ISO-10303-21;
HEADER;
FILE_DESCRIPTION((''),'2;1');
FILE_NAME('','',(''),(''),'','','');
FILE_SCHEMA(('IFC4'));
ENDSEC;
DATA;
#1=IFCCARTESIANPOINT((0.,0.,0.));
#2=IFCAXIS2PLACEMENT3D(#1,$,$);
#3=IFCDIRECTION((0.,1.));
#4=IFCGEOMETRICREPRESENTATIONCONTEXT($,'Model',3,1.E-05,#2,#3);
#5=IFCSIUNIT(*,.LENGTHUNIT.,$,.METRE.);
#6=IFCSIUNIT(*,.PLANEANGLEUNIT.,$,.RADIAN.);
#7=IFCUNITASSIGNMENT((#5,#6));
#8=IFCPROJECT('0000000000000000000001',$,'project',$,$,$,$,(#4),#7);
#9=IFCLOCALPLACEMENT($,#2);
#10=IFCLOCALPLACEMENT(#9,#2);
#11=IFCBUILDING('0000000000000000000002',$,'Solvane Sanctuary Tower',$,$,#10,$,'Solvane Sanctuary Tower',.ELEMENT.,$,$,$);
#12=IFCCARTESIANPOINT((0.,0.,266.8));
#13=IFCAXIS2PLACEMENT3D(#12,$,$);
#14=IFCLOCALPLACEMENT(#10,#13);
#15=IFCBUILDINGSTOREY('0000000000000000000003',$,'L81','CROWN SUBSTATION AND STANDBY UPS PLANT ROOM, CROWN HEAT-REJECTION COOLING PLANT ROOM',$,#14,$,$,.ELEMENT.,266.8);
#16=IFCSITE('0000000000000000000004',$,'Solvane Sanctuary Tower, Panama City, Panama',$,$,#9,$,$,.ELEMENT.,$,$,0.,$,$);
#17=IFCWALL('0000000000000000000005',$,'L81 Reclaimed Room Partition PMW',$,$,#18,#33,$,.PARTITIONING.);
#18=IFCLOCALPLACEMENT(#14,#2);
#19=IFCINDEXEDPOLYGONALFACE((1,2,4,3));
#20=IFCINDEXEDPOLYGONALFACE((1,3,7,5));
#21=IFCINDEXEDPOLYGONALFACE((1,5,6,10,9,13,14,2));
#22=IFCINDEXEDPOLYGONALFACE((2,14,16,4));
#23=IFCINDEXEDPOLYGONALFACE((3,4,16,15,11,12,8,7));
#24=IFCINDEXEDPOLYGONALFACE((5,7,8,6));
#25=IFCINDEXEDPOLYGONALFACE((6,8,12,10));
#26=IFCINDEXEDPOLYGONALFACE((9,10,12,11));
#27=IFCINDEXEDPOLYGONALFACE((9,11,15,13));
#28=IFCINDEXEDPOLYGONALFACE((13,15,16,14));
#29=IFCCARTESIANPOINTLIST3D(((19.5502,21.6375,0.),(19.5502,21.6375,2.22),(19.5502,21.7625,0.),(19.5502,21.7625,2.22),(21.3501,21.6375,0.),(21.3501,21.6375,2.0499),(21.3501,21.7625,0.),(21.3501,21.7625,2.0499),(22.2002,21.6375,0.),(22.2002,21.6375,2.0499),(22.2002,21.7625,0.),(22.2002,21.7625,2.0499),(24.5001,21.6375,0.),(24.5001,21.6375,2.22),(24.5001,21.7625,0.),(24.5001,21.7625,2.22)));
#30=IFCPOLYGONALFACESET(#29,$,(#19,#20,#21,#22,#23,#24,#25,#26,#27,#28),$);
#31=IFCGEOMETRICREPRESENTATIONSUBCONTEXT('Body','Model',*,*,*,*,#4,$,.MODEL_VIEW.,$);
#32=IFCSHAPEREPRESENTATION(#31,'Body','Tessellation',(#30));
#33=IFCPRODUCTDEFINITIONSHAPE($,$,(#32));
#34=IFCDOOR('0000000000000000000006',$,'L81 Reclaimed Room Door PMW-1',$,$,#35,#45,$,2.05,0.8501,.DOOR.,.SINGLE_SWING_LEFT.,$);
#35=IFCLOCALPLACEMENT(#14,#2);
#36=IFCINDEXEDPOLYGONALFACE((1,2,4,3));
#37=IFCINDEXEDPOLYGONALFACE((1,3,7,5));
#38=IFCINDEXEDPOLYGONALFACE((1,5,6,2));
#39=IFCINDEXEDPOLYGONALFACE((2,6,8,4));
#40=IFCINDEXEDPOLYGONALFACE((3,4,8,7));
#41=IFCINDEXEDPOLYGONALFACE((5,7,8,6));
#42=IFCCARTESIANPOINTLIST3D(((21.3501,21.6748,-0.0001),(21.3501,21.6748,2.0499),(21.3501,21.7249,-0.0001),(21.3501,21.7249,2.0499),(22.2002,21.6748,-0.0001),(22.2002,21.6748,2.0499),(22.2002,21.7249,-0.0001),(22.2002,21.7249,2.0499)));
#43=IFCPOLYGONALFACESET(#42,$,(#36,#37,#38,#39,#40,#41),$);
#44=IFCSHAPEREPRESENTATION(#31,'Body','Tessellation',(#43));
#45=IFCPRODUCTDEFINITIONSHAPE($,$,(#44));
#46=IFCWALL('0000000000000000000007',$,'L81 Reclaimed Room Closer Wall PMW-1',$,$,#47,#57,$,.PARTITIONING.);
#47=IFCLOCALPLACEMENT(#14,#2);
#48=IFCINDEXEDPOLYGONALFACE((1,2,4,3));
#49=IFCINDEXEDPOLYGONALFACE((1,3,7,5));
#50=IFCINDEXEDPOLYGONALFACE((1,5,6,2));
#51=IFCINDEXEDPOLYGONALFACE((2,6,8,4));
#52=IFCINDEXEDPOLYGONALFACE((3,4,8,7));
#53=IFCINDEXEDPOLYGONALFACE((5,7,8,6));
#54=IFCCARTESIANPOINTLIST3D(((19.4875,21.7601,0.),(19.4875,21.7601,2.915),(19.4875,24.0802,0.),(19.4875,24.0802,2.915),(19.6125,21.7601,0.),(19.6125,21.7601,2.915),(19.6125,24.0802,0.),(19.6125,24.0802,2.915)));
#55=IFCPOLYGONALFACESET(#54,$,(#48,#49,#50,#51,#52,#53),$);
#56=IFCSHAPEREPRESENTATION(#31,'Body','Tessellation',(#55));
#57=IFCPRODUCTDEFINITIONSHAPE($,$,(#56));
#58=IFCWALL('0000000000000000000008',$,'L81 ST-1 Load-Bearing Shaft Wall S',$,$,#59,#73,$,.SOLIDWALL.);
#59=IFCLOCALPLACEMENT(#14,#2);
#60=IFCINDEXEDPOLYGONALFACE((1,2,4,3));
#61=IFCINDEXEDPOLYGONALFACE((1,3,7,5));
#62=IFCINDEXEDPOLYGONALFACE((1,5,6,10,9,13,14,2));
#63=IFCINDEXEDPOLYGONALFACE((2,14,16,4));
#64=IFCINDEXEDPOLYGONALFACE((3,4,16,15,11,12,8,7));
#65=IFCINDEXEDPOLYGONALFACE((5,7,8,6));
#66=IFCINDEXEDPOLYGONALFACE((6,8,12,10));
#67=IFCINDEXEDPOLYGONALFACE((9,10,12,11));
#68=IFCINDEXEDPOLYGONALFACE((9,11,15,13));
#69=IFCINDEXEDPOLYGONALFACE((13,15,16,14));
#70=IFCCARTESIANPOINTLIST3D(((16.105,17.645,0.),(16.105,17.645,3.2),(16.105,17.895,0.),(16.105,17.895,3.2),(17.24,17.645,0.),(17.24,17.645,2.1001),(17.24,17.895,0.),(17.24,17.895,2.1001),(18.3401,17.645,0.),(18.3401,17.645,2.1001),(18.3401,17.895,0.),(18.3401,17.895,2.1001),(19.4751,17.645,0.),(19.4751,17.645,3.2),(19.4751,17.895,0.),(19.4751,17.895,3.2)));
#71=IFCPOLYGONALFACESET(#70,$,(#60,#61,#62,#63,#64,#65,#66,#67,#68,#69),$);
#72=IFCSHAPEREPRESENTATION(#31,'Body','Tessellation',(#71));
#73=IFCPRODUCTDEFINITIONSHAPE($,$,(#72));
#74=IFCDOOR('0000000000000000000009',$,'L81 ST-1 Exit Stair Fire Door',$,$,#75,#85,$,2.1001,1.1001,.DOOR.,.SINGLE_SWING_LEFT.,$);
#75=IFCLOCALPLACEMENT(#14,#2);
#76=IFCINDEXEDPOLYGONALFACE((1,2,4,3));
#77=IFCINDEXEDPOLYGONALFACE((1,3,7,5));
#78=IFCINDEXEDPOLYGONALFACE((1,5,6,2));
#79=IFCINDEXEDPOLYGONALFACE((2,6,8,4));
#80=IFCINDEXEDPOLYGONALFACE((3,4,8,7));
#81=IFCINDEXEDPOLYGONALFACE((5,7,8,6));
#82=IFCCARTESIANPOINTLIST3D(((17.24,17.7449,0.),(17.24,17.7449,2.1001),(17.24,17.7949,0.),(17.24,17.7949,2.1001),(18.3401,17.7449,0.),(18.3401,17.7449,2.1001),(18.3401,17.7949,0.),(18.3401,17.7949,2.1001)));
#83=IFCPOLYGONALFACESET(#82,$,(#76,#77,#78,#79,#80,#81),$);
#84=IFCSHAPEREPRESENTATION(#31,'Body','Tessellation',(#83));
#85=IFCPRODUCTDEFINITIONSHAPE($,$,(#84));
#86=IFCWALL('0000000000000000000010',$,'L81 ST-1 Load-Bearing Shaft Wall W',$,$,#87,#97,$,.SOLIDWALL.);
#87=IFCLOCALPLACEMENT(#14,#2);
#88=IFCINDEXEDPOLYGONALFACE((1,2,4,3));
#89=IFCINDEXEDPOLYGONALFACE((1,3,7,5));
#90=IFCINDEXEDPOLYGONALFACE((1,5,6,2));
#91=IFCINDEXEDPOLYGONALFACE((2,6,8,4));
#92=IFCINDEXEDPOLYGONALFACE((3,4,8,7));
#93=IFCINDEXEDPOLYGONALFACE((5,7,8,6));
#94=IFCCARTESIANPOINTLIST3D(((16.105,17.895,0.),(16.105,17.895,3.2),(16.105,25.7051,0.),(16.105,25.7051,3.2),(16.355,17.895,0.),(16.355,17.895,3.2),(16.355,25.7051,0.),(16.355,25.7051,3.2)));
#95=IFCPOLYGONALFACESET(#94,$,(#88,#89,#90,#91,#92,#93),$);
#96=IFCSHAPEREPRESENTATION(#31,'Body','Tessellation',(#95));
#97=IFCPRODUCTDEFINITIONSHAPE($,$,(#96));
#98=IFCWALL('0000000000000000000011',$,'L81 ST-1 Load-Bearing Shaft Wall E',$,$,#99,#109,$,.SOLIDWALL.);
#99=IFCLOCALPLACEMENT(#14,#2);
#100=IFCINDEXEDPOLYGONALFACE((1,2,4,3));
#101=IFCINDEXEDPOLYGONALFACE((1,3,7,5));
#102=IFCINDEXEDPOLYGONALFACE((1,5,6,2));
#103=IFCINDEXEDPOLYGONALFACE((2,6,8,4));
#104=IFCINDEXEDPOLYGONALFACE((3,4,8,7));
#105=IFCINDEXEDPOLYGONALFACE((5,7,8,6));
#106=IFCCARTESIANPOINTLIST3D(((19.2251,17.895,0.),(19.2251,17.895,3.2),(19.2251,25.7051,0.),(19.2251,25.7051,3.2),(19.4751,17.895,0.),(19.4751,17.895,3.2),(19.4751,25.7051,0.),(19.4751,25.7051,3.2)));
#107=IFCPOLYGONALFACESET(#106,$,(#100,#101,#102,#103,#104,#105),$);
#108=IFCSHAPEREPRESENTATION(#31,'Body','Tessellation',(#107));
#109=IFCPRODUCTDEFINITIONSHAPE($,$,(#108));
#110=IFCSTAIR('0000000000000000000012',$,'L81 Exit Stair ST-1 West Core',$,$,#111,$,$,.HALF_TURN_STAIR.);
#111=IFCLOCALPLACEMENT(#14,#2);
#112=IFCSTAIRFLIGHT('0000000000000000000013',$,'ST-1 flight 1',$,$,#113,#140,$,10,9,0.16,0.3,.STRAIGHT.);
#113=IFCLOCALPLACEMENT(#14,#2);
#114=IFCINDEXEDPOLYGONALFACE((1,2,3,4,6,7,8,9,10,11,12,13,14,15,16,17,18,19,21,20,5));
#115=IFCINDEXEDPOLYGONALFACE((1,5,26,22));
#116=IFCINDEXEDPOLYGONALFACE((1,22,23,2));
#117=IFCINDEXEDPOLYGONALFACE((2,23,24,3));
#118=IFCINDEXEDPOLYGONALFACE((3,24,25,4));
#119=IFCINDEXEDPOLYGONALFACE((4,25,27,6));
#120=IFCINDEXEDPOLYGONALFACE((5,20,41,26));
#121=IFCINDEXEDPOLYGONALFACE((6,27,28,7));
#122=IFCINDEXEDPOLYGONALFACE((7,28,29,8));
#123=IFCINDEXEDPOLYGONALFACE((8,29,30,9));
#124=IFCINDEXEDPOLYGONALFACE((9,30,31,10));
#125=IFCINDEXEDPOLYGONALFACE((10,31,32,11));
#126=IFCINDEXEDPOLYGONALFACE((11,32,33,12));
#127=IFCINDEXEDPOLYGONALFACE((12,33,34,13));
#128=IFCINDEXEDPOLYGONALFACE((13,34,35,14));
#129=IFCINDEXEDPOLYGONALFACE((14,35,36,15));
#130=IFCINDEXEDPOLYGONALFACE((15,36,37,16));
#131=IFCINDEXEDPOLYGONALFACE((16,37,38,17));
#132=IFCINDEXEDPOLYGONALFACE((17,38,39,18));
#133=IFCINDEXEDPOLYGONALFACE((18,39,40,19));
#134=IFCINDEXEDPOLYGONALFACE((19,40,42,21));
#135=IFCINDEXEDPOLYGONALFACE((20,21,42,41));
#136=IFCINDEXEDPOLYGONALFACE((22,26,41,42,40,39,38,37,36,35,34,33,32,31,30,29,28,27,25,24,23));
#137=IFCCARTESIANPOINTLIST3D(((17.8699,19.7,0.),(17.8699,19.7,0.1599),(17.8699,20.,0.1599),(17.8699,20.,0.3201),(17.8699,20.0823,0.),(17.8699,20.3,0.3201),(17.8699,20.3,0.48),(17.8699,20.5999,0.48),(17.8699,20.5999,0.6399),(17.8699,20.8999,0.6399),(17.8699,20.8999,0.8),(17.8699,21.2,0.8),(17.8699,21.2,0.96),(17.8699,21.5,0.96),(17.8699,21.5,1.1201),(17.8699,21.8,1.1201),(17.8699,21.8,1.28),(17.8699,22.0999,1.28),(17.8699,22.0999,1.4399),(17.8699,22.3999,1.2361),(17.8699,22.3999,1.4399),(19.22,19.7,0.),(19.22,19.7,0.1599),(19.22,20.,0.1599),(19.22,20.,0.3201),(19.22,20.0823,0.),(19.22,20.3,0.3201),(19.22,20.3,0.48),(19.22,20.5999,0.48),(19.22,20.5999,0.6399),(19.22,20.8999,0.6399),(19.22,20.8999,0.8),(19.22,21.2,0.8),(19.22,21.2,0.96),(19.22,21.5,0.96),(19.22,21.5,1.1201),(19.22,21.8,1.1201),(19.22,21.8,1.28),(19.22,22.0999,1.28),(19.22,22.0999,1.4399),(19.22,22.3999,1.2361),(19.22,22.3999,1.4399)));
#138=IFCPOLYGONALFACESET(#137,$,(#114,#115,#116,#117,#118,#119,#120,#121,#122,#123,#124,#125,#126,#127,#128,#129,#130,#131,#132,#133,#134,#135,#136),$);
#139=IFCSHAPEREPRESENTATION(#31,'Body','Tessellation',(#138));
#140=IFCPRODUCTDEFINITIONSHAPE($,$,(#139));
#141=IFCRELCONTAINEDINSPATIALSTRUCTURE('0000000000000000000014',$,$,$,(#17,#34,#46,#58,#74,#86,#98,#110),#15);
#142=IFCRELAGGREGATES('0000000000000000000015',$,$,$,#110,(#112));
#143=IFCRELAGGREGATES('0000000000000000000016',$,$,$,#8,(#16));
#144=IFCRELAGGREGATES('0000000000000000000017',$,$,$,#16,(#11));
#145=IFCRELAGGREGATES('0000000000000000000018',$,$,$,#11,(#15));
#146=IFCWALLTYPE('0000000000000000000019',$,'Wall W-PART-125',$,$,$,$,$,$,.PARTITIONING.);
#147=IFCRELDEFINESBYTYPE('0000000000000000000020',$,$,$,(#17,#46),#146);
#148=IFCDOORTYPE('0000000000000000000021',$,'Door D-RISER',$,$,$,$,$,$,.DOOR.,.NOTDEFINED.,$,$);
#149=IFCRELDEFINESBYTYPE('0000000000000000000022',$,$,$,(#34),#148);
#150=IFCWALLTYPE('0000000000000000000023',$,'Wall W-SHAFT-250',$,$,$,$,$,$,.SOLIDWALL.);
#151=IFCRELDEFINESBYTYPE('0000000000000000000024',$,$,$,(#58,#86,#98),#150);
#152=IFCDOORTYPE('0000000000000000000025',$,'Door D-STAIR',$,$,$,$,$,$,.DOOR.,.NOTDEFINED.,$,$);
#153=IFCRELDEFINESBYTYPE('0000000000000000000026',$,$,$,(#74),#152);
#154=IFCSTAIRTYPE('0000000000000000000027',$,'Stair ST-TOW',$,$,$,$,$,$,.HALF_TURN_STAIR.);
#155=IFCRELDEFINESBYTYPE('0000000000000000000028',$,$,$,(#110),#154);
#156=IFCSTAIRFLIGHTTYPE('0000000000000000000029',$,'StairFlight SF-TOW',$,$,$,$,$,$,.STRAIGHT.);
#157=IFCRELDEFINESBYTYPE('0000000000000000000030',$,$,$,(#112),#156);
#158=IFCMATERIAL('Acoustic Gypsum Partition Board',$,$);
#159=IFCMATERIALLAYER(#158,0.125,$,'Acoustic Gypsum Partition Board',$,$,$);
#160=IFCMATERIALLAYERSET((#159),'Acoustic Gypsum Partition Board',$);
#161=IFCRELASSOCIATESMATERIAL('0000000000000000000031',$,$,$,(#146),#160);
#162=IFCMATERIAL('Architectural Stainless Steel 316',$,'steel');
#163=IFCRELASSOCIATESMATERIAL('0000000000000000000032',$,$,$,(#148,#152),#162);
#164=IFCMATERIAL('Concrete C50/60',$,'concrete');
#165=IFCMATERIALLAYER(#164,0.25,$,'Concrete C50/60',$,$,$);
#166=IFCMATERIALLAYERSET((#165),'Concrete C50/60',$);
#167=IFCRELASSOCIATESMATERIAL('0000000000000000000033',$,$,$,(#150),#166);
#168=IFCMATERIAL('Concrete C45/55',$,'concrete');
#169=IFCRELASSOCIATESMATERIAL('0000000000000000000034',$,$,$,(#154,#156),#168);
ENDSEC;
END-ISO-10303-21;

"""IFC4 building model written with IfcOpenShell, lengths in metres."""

from ifc_helpers import new_model, si_unit, direction, frame, frame_2d, origin, place, context, subcontext, project, spatial, polyline, rectangle, outline, extrude, material, layer, layer_set, type_object, element, fill, aggregate, save


model = new_model("IFC4")

# Units and contexts
model_context = context("Model", 3, precision=1e-05, world=origin(), true_north=direction((0.0, 1.0)))
body_context = subcontext(model_context, "Body", "Model", "MODEL_VIEW")
ifc_project = project(units=[si_unit("LENGTHUNIT", "METRE"), si_unit("PLANEANGLEUNIT", "RADIAN")], contexts=[model_context])

# Site, building, storey
site_placement = place(None, origin())
site = spatial("IfcSite", under=ifc_project, at=site_placement, Name="Solvane Sanctuary Tower, Panama City, Panama", CompositionType="ELEMENT", RefElevation=0.0)
building_placement = place(site_placement, origin())
building = spatial("IfcBuilding", under=site, at=building_placement, Name="Solvane Sanctuary Tower", LongName="Solvane Sanctuary Tower", CompositionType="ELEMENT")
storey_placement = place(building_placement, frame((0.0, 0.0, 266.8)))
storey = spatial("IfcBuildingStorey", under=building, at=storey_placement, Name="L81", Description="CROWN SUBSTATION AND STANDBY UPS PLANT ROOM, CROWN HEAT-REJECTION COOLING PLANT ROOM", CompositionType="ELEMENT", Elevation=266.8)

# Shared definitions
ifc_material_1 = material(Name="Concrete C50/60", Category="concrete")

# Wall, opening, door
ifc_material_2 = material(Name="Acoustic Gypsum Partition Board")
ifc_layer_1 = layer(ifc_material_2, 0.125, Name="Acoustic Gypsum Partition Board")
ifc_layer_set_1 = layer_set([ifc_layer_1], Name="Acoustic Gypsum Partition Board")
wall_type_1 = type_object("IfcWallType", Name="Wall W-PART-125", PredefinedType="PARTITIONING", material=ifc_layer_set_1)
ifc_material_3 = material(Name="Architectural Stainless Steel 316", Category="steel")
door_type_1 = type_object("IfcDoorType", Name="Door D-RISER", OperationType="NOTDEFINED", PredefinedType="DOOR", material=ifc_material_3)
wall_1_placement = place(storey_placement, frame((19.55, 21.7, 0.0), z_axis=(0.0, 0.0, 1.0), x_axis=(1.0, 0.0, 0.0)))
wall_1 = element("IfcWall", 1, at=wall_1_placement, inside=storey, type_object=wall_type_1, Name="L81 Reclaimed Room Partition PMW", PredefinedType="PARTITIONING", context=body_context, shape_type="SweptSolid", body=[
    extrude(rectangle(XDim=4.95, YDim=0.125, at=frame_2d((2.4751, 0.0))), origin(), (0.0, 0.0, 1.0), 2.22),
])
opening_1_placement = place(wall_1_placement, frame((1.8, 0.0, 0.0)))
opening_1 = element("IfcOpeningElement", 2, at=opening_1_placement, cuts=wall_1, PredefinedType="OPENING", context=body_context, shape_type="SweptSolid", body=[
    extrude(rectangle(XDim=0.8501, YDim=2.05, at=frame_2d((0.425, 1.0249))), frame((0.0, 0.0725, 0.0), z_axis=(0.0, -1.0, 0.0), x_axis=(1.0, 0.0, 0.0)), (0.0, 0.0, 1.0), 0.145),
])
door_1_placement = place(opening_1_placement, origin())
door_1 = element("IfcDoor", 3, at=door_1_placement, inside=storey, type_object=door_type_1, Name="L81 Reclaimed Room Door PMW-1", OperationType="SINGLE_SWING_LEFT", OverallHeight=2.05, OverallWidth=0.8501, PredefinedType="DOOR", context=body_context, shape_type="SweptSolid", body=[
    extrude(rectangle(XDim=0.8501, YDim=2.05, at=frame_2d((0.425, 1.0249))), frame((0.0, 0.0249, 0.0), z_axis=(0.0, -1.0, 0.0), x_axis=(1.0, 0.0, 0.0)), (0.0, 0.0, 1.0), 0.05),
])
fill(opening_1, door_1)

# Wall
wall_2_placement = place(storey_placement, frame((19.55, 21.76, 0.0), z_axis=(0.0, 0.0, 1.0), x_axis=(0.0, 1.0, 0.0)))
element("IfcWall", 4, at=wall_2_placement, inside=storey, type_object=wall_type_1, Name="L81 Reclaimed Room Closer Wall PMW-1", PredefinedType="PARTITIONING", context=body_context, shape_type="SweptSolid", body=[
    extrude(rectangle(XDim=2.3201, YDim=0.125, at=frame_2d((1.1602, 0.0))), origin(), (0.0, 0.0, 1.0), 2.915),
])

# Wall, opening, door
ifc_layer_2 = layer(ifc_material_1, 0.25, Name="Concrete C50/60")
ifc_layer_set_2 = layer_set([ifc_layer_2], Name="Concrete C50/60")
wall_type_2 = type_object("IfcWallType", Name="Wall W-SHAFT-250", PredefinedType="SOLIDWALL", material=ifc_layer_set_2)
wall_3_placement = place(storey_placement, frame((16.105, 17.77, 0.0), z_axis=(0.0, 0.0, 1.0), x_axis=(1.0, 0.0, 0.0)))
wall_3 = element("IfcWall", 5, at=wall_3_placement, inside=storey, type_object=wall_type_2, Name="L81 ST-1 Load-Bearing Shaft Wall S", PredefinedType="SOLIDWALL", context=body_context, shape_type="SweptSolid", body=[
    extrude(rectangle(XDim=3.3701, YDim=0.25, at=frame_2d((1.6851, 0.0))), origin(), (0.0, 0.0, 1.0), 3.2),
])
opening_2_placement = place(wall_3_placement, frame((1.135, 0.0, 0.0)))
opening_2 = element("IfcOpeningElement", 6, at=opening_2_placement, cuts=wall_3, PredefinedType="OPENING", context=body_context, shape_type="SweptSolid", body=[
    extrude(rectangle(XDim=1.1001, YDim=2.1001, at=frame_2d((0.55, 1.05))), frame((0.0, 0.135, 0.0), z_axis=(0.0, -1.0, 0.0), x_axis=(1.0, 0.0, 0.0)), (0.0, 0.0, 1.0), 0.27),
])
door_type_2 = type_object("IfcDoorType", Name="Door D-STAIR", OperationType="NOTDEFINED", PredefinedType="DOOR", material=ifc_material_3)
door_2_placement = place(opening_2_placement, origin())
door_2 = element("IfcDoor", 7, at=door_2_placement, inside=storey, type_object=door_type_2, Name="L81 ST-1 Exit Stair Fire Door", OperationType="SINGLE_SWING_LEFT", OverallHeight=2.1001, OverallWidth=1.1001, PredefinedType="DOOR", context=body_context, shape_type="SweptSolid", body=[
    extrude(rectangle(XDim=1.1001, YDim=2.1001, at=frame_2d((0.55, 1.05))), frame((0.0, 0.0249, 0.0), z_axis=(0.0, -1.0, 0.0), x_axis=(1.0, 0.0, 0.0)), (0.0, 0.0, 1.0), 0.05),
])
fill(opening_2, door_2)

# Walls
for number, where, z_axis, x_axis, name in (
    (8, (16.23, 17.895, 0.0), (0.0, 0.0, 1.0), (0.0, 1.0, 0.0), "L81 ST-1 Load-Bearing Shaft Wall W"),
    (9, (19.3501, 17.895, 0.0), (0.0, 0.0, 1.0), (0.0, 1.0, 0.0), "L81 ST-1 Load-Bearing Shaft Wall E"),
):
    element("IfcWall", number, at=place(storey_placement, frame(where, z_axis=z_axis, x_axis=x_axis)), inside=storey, type_object=wall_type_2, Name=name, PredefinedType="SOLIDWALL", context=body_context, shape_type="SweptSolid", body=[
        extrude(rectangle(XDim=7.8101, YDim=0.25, at=frame_2d((3.905, 0.0))), origin(), (0.0, 0.0, 1.0), 3.2),
    ])

# Stair, stair flight
ifc_material_4 = material(Name="Concrete C45/55", Category="concrete")
stair_type = type_object("IfcStairType", Name="Stair ST-TOW", PredefinedType="HALF_TURN_STAIR", material=ifc_material_4)
stair_placement = place(storey_placement, origin())
stair = element("IfcStair", 10, at=stair_placement, inside=storey, type_object=stair_type, Name="L81 Exit Stair ST-1 West Core", PredefinedType="HALF_TURN_STAIR")
stair_flight_type = type_object("IfcStairFlightType", Name="StairFlight SF-TOW", PredefinedType="STRAIGHT", material=ifc_material_4)
stair_flight_placement = place(storey_placement, frame((18.5449, 19.7, 0.0), z_axis=(0.0, 0.0, 1.0), x_axis=(0.0, 1.0, 0.0)))
stair_flight = element("IfcStairFlight", 11, at=stair_flight_placement, type_object=stair_flight_type, Name="ST-1 flight 1", NumberOfRisers=10, NumberOfTreads=9, PredefinedType="STRAIGHT", RiserHeight=0.16, TreadLength=0.3, context=body_context, shape_type="SweptSolid", body=[
    extrude(outline(polyline([(0.0, 0.0), (0.0, 0.1599), (0.3, 0.1599), (0.3, 0.3201), (0.6001, 0.3201), (0.6001, 0.48), (0.8999, 0.48), (0.8999, 0.6399), (1.2, 0.6399), (1.2, 0.8), (1.5, 0.8), (1.5, 0.96), (1.8, 0.96), (1.8, 1.1201), (2.1001, 1.1201), (2.1001, 1.28), (2.3999, 1.28), (2.3999, 1.4399), (2.7, 1.4399), (2.7, 1.6001), (2.7, 1.2361), (0.3823, 0.0), (0.0, 0.0)])), frame((0.0, 0.675, 0.0), z_axis=(0.0, -1.0, 0.0), x_axis=(1.0, 0.0, 0.0)), (0.0, 0.0, 1.0), 1.3501),
])
aggregate(stair, [stair_flight])

save(model, "model.ifc")
